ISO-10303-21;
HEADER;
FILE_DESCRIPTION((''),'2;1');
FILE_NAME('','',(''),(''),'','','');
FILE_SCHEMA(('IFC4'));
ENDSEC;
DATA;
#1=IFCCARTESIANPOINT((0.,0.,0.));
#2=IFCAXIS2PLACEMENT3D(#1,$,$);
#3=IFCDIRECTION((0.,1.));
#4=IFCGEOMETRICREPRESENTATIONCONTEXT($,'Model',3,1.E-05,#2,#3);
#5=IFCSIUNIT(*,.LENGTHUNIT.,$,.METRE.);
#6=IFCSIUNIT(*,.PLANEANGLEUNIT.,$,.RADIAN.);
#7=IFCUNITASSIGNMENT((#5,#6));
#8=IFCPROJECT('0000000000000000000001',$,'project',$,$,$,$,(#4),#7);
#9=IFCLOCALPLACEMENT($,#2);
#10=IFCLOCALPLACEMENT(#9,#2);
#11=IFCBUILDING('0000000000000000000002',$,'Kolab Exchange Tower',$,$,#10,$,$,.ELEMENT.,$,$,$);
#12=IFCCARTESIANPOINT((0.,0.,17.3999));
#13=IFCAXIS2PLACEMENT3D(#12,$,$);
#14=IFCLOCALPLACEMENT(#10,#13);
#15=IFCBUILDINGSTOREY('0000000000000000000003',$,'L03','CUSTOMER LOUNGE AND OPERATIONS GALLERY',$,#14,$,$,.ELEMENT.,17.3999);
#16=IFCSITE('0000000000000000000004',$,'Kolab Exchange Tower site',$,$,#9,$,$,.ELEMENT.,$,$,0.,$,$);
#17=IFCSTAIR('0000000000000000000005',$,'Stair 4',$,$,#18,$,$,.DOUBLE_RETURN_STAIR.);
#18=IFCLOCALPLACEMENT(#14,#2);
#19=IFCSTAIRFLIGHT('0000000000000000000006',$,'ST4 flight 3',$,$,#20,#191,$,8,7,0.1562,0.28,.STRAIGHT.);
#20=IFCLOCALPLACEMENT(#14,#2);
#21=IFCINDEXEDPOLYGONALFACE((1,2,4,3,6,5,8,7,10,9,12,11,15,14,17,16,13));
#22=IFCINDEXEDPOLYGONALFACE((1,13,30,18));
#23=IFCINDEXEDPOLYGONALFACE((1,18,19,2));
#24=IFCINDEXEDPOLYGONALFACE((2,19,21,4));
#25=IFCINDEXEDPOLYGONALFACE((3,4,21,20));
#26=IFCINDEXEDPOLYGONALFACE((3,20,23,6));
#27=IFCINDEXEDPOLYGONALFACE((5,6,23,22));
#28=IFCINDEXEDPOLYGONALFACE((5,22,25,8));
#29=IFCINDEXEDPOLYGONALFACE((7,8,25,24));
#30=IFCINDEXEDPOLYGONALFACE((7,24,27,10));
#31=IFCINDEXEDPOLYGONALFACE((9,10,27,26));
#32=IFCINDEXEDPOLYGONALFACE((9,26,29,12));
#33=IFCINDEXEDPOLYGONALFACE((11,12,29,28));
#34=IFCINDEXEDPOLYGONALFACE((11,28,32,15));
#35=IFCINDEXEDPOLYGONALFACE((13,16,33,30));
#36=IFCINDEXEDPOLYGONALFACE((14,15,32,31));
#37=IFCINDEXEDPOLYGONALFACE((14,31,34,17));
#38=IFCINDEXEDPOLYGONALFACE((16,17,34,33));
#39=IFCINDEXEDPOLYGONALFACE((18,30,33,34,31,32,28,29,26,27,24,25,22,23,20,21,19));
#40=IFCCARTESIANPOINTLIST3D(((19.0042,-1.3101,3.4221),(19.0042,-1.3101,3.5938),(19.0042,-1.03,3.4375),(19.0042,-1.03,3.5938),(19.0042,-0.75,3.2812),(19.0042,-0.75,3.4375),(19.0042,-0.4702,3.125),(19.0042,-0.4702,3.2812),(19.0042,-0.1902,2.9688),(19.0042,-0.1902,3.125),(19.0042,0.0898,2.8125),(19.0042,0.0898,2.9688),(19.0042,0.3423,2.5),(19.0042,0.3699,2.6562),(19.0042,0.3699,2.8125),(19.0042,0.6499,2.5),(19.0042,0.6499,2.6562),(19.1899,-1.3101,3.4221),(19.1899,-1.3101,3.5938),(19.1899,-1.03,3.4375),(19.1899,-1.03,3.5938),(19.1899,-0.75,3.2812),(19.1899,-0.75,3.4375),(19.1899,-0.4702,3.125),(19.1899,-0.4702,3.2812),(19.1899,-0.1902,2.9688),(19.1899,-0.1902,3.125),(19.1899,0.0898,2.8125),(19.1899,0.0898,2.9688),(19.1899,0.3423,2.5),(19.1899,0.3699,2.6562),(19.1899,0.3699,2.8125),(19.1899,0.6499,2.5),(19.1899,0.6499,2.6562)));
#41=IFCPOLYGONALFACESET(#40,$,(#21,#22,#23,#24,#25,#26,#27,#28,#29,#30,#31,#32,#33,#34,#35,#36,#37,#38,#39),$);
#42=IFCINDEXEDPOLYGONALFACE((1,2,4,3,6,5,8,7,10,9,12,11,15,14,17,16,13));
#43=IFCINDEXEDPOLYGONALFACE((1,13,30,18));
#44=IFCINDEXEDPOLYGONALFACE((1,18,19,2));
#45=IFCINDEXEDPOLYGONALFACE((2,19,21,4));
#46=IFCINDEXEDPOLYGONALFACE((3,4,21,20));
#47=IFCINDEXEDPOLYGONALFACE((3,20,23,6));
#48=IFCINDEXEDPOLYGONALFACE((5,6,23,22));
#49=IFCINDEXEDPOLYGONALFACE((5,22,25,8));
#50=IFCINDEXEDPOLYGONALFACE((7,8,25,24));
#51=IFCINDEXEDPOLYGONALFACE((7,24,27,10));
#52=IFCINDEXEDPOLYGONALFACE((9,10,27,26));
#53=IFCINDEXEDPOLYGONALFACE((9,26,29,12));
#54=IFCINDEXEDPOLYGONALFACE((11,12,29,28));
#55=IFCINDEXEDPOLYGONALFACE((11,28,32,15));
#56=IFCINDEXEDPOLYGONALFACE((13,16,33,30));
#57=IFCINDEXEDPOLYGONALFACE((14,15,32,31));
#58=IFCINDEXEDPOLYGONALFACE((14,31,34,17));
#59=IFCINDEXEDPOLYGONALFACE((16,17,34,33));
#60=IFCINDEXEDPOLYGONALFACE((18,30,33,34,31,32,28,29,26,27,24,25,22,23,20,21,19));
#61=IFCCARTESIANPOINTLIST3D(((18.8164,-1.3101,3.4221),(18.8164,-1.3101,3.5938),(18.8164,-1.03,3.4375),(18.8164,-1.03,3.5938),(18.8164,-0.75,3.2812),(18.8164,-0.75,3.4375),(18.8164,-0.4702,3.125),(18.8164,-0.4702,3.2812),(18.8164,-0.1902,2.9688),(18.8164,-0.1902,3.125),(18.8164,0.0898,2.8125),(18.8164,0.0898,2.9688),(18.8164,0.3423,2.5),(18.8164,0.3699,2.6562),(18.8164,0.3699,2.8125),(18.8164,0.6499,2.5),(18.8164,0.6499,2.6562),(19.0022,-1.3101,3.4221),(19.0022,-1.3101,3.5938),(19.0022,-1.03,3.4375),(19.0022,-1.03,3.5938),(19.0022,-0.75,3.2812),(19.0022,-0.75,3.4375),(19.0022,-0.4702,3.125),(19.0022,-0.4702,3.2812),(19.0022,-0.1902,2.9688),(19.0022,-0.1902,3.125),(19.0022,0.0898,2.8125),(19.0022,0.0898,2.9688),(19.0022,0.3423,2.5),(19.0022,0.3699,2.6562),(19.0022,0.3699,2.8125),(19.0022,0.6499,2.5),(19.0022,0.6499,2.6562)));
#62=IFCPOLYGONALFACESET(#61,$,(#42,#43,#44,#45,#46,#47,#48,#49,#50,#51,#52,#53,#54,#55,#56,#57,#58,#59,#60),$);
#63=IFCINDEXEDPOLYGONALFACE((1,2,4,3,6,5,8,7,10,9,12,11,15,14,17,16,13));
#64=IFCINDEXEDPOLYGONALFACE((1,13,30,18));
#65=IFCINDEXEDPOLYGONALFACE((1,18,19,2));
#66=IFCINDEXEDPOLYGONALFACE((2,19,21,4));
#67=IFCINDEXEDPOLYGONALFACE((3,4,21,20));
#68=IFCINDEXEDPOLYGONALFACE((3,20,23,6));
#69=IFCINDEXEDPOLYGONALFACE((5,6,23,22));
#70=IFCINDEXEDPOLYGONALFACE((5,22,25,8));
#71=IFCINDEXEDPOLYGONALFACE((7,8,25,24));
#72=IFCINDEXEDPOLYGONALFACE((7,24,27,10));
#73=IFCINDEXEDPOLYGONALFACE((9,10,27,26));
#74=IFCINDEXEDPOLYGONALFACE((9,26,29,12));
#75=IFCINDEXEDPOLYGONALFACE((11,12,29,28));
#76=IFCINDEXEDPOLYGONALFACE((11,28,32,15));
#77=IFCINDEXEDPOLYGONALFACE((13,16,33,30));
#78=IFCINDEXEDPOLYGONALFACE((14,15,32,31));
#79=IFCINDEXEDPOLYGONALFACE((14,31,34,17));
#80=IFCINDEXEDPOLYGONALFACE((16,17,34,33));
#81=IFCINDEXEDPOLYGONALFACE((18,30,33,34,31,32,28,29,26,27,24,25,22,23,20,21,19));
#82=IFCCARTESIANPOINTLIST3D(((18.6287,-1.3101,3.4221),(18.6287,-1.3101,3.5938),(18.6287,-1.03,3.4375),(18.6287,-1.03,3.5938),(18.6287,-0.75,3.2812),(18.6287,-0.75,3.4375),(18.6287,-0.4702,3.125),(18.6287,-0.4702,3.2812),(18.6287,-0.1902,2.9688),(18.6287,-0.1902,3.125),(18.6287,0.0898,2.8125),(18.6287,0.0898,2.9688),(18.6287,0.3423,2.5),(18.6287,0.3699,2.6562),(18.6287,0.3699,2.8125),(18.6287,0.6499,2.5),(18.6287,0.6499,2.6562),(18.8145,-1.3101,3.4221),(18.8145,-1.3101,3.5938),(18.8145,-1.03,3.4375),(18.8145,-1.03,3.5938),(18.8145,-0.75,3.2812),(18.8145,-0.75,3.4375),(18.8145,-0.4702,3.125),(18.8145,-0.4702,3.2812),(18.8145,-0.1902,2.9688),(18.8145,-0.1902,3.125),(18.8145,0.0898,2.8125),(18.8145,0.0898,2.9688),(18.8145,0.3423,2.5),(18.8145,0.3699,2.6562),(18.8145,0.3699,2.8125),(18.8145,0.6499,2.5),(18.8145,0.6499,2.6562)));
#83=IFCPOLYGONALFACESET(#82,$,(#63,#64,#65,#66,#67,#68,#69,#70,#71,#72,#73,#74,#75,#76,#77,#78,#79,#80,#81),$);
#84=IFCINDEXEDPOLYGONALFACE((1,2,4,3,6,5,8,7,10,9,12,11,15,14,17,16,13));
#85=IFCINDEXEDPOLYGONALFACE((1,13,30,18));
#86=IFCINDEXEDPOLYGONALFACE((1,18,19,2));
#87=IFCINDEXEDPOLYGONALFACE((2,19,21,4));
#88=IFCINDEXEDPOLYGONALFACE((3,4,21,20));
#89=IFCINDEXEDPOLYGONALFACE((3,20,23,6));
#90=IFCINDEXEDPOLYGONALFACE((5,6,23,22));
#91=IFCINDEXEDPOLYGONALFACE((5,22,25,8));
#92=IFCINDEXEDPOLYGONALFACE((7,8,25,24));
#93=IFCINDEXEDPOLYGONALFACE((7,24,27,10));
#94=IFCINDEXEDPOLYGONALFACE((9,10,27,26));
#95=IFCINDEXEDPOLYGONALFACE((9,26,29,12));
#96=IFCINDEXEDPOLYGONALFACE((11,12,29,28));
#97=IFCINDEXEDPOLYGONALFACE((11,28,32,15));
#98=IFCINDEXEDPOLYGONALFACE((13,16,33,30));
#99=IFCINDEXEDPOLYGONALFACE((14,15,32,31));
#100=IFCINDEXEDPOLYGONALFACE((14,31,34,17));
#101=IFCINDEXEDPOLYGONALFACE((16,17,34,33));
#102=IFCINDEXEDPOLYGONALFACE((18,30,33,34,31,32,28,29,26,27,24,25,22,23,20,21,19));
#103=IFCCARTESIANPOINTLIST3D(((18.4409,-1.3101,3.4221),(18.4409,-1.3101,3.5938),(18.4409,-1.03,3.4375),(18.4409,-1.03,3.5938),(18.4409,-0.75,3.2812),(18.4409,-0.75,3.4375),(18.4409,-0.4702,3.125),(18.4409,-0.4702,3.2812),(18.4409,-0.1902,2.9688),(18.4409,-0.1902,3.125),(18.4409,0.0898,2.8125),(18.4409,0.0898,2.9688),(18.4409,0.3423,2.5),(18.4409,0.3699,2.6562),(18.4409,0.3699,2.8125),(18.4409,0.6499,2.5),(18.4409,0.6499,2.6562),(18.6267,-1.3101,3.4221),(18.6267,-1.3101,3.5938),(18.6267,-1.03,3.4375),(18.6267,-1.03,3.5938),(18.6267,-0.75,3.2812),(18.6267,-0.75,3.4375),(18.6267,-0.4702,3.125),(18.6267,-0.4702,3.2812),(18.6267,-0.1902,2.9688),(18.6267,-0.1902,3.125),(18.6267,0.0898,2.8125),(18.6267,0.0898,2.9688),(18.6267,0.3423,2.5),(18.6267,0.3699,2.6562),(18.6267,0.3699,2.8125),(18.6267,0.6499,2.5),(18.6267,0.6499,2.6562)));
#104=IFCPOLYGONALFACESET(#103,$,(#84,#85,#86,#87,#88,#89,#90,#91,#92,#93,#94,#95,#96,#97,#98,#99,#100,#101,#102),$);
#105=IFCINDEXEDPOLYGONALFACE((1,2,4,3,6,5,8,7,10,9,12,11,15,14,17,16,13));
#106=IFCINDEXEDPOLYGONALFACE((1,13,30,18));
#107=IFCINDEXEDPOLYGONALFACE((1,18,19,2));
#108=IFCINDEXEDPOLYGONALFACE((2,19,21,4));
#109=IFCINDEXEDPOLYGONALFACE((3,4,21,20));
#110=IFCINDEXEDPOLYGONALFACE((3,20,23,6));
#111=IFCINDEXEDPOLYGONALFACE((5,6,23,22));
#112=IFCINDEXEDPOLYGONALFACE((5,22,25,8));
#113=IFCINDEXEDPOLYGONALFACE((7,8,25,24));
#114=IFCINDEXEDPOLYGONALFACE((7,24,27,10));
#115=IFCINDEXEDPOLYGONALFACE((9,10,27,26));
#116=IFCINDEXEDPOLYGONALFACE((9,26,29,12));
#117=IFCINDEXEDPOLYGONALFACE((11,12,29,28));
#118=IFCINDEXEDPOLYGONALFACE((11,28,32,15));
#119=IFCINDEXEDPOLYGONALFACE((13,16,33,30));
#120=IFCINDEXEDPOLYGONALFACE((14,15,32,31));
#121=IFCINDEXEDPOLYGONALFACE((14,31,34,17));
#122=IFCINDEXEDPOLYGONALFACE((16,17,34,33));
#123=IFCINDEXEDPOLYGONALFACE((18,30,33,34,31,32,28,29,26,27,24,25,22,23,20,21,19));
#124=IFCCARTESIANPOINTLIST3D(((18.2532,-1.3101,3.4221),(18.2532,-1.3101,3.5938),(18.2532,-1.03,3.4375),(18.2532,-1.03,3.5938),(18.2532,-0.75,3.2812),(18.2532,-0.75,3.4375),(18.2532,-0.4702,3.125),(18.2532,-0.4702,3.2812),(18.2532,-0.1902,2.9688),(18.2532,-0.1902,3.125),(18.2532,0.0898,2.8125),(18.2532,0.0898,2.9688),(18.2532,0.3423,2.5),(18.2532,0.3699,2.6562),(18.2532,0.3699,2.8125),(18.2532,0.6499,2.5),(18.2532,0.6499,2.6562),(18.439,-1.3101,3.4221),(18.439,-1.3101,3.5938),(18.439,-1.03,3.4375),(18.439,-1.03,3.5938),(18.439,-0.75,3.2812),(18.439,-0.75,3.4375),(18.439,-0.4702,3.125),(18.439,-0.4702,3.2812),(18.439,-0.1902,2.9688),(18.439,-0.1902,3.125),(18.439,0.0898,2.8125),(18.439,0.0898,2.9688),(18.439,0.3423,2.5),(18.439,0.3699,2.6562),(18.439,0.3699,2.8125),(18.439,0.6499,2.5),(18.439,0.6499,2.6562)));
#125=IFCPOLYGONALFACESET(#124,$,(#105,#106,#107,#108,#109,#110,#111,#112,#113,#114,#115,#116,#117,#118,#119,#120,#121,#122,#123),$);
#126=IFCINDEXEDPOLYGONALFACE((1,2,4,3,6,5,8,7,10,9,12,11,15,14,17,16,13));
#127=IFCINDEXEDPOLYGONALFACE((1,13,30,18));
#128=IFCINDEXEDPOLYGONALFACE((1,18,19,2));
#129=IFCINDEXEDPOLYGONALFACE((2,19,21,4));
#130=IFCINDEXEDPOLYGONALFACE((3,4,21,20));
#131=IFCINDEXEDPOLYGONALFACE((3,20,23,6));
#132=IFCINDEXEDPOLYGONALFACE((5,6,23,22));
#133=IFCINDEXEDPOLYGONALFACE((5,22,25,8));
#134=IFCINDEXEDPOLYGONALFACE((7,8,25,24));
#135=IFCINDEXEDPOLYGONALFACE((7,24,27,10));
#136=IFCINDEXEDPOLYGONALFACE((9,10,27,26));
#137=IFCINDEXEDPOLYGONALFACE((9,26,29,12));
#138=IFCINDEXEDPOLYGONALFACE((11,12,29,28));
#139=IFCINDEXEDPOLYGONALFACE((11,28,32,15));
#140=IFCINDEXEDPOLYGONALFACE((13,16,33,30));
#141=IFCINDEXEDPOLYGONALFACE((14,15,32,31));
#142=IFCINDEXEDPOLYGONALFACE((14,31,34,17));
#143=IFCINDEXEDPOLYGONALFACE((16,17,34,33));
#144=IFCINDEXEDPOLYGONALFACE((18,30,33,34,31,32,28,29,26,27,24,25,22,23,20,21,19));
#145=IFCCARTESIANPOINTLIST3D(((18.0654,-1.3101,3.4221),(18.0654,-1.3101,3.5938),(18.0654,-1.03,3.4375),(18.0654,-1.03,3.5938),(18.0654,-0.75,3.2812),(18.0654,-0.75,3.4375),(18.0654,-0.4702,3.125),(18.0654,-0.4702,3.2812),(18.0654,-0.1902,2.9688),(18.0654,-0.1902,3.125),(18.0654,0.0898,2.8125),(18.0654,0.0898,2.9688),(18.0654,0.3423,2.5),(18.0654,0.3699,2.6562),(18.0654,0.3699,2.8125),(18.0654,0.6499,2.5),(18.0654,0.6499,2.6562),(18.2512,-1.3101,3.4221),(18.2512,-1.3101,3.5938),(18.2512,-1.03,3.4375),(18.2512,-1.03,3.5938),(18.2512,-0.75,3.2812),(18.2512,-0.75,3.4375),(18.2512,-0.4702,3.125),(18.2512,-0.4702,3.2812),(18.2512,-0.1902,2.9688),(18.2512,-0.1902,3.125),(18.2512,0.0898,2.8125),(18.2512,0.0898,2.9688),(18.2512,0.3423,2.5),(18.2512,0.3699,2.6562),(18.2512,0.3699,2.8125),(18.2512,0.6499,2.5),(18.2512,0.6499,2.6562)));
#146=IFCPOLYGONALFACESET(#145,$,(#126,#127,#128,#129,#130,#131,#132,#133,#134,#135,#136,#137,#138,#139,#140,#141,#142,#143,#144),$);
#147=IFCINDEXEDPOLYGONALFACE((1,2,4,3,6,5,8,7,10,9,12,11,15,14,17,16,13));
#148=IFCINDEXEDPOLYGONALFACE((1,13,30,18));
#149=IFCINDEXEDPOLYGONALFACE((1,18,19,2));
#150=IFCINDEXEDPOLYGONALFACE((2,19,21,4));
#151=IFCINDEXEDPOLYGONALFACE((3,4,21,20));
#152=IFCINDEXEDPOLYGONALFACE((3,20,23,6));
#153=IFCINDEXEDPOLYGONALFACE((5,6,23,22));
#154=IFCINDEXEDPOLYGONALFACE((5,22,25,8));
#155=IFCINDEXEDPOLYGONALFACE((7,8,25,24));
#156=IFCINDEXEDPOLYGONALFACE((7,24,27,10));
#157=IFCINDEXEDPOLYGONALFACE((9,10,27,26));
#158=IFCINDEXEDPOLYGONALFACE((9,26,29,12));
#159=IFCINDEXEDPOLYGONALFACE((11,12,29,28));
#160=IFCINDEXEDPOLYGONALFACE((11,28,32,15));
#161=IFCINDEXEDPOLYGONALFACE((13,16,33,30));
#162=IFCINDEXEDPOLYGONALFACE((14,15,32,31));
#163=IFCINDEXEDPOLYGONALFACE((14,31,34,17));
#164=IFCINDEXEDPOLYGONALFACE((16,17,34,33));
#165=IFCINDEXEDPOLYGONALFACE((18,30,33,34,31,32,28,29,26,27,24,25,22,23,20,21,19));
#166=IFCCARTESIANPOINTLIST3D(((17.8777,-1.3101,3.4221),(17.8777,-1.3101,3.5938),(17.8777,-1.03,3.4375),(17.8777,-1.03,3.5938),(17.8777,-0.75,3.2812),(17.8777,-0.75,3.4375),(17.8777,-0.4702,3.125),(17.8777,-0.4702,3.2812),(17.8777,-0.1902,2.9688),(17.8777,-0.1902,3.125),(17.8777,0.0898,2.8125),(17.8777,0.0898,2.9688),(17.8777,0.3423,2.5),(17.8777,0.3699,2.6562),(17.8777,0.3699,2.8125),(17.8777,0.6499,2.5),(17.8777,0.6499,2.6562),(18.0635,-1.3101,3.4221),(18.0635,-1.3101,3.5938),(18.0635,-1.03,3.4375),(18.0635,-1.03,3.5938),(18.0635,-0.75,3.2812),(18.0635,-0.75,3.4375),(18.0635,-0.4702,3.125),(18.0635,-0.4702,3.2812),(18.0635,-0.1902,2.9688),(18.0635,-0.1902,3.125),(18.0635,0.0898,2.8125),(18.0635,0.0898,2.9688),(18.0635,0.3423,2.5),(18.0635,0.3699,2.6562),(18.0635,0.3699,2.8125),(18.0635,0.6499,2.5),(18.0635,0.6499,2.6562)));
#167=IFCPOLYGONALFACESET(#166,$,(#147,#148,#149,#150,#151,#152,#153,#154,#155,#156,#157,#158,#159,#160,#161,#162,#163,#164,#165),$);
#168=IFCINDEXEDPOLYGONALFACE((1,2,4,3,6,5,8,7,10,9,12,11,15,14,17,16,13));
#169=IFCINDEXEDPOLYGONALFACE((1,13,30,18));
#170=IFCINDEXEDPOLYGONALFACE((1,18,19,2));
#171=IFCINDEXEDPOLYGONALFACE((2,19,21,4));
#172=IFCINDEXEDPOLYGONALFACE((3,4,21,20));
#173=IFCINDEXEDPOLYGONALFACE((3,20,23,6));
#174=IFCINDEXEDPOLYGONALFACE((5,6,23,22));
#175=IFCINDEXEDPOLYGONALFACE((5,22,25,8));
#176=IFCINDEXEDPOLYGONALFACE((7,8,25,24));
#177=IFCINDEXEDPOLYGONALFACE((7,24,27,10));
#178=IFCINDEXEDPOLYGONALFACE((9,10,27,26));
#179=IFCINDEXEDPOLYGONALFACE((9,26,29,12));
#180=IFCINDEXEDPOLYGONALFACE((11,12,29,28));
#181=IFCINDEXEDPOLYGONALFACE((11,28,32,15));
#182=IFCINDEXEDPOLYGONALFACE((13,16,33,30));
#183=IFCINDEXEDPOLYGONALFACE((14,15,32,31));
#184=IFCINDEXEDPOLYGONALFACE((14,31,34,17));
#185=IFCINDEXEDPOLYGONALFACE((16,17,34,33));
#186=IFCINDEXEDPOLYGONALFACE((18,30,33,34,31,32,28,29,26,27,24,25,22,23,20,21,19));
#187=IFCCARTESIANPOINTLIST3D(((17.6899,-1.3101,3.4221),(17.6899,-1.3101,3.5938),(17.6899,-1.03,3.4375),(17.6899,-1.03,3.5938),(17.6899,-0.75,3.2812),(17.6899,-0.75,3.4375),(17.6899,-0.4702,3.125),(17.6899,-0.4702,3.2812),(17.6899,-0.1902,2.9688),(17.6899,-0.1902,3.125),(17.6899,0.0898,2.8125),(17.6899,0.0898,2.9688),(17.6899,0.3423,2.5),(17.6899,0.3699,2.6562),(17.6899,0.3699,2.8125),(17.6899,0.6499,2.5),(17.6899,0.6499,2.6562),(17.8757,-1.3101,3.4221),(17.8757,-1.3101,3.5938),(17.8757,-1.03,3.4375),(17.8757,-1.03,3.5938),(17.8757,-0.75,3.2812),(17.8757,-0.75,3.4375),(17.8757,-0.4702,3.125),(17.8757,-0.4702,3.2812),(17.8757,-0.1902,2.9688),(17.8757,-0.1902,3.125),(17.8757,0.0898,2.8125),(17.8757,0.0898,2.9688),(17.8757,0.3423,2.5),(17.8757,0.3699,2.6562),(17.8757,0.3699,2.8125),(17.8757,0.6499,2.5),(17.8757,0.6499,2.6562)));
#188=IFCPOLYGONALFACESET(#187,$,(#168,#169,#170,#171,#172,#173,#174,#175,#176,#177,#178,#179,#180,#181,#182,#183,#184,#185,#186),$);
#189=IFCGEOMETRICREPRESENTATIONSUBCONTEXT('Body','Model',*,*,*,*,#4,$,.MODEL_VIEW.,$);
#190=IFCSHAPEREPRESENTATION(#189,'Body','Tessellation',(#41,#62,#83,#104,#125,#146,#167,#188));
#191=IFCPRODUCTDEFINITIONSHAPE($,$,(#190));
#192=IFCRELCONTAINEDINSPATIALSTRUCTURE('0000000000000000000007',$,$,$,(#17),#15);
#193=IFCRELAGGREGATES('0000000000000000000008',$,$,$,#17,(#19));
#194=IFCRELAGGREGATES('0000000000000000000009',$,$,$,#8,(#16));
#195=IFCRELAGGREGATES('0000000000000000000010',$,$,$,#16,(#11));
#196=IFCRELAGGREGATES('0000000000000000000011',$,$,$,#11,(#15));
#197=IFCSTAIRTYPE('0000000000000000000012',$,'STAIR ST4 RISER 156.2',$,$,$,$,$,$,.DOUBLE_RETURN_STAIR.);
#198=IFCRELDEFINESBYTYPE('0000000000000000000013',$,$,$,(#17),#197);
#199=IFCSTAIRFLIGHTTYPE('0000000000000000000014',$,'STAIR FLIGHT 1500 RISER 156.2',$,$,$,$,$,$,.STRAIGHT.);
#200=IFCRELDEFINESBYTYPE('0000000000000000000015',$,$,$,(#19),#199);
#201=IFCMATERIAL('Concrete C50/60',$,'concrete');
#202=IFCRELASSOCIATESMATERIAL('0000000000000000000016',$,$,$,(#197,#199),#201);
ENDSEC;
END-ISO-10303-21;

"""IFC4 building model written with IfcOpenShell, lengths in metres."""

from ifc_helpers import new_model, si_unit, direction, frame, origin, place, context, subcontext, project, spatial, polyline, outline, extrude, material, type_object, element, aggregate, save


model = new_model("IFC4")

# Units and contexts
model_context = context("Model", 3, precision=1e-05, world=origin(), true_north=direction((0.0, 1.0)))
body_context = subcontext(model_context, "Body", "Model", "MODEL_VIEW")
ifc_project = project(units=[si_unit("LENGTHUNIT", "METRE"), si_unit("PLANEANGLEUNIT", "RADIAN")], contexts=[model_context])

# Site, building, storey
site_placement = place(None, origin())
site = spatial("IfcSite", under=ifc_project, at=site_placement, Name="Kolab Exchange Tower site", CompositionType="ELEMENT", RefElevation=0.0)
building_placement = place(site_placement, origin())
building = spatial("IfcBuilding", under=site, at=building_placement, Name="Kolab Exchange Tower", CompositionType="ELEMENT")
storey_placement = place(building_placement, frame((0.0, 0.0, 17.3999)))
storey = spatial("IfcBuildingStorey", under=building, at=storey_placement, Name="L03", Description="CUSTOMER LOUNGE AND OPERATIONS GALLERY", CompositionType="ELEMENT", Elevation=17.3999)

# Shared definitions
ifc_material_1 = material(Name="Concrete C50/60", Category="concrete")

# Stair, stair flight
stair_type = type_object("IfcStairType", Name="STAIR ST4 RISER 156.2", PredefinedType="DOUBLE_RETURN_STAIR", material=ifc_material_1)
stair_placement = place(storey_placement, origin())
stair = element("IfcStair", 1, at=stair_placement, inside=storey, type_object=stair_type, Name="Stair 4", PredefinedType="DOUBLE_RETURN_STAIR")
stair_flight_type = type_object("IfcStairFlightType", Name="STAIR FLIGHT 1500 RISER 156.2", PredefinedType="STRAIGHT", material=ifc_material_1)
stair_flight_1_placement = place(storey_placement, frame((18.4399, 0.6499, 2.5), z_axis=(0.0, 0.0, 1.0), x_axis=(0.0, -1.0, 0.0)))
stair_flight_1 = element("IfcStairFlight", 2, at=stair_flight_1_placement, type_object=stair_flight_type, Name="ST4 flight 3", NumberOfRisers=8, NumberOfTreads=7, PredefinedType="STRAIGHT", RiserHeight=0.1562, TreadLength=0.28, context=body_context, shape_type="SweptSolid", body=[
    extrude(outline(polyline([(0.0, 0.0), (0.0, 0.1562), (0.28, 0.1562), (0.28, 0.3125), (0.5601, 0.3125), (0.5601, 0.4688), (0.8401, 0.4688), (0.8401, 0.625), (1.1201, 0.625), (1.1201, 0.7812), (1.3999, 0.7812), (1.3999, 0.9375), (1.6799, 0.9375), (1.6799, 1.0938), (1.96, 1.0938), (1.96, 1.25), (1.96, 0.9221), (0.3076, 0.0), (0.0, 0.0)])), frame((0.0, 0.75, 0.0), z_axis=(0.0, -1.0, 0.0), x_axis=(1.0, 0.0, 0.0)), (0.0, 0.0, 1.0), 0.1858),
    extrude(outline(polyline([(0.0, 0.0), (0.0, 0.1562), (0.28, 0.1562), (0.28, 0.3125), (0.5601, 0.3125), (0.5601, 0.4688), (0.8401, 0.4688), (0.8401, 0.625), (1.1201, 0.625), (1.1201, 0.7812), (1.3999, 0.7812), (1.3999, 0.9375), (1.6799, 0.9375), (1.6799, 1.0938), (1.96, 1.0938), (1.96, 1.25), (1.96, 0.9221), (0.3076, 0.0), (0.0, 0.0)])), frame((0.0, 0.5623, 0.0), z_axis=(0.0, -1.0, 0.0), x_axis=(1.0, 0.0, 0.0)), (0.0, 0.0, 1.0), 0.1858),
    extrude(outline(polyline([(0.0, 0.0), (0.0, 0.1562), (0.28, 0.1562), (0.28, 0.3125), (0.5601, 0.3125), (0.5601, 0.4688), (0.8401, 0.4688), (0.8401, 0.625), (1.1201, 0.625), (1.1201, 0.7812), (1.3999, 0.7812), (1.3999, 0.9375), (1.6799, 0.9375), (1.6799, 1.0938), (1.96, 1.0938), (1.96, 1.25), (1.96, 0.9221), (0.3076, 0.0), (0.0, 0.0)])), frame((0.0, 0.3745, 0.0), z_axis=(0.0, -1.0, 0.0), x_axis=(1.0, 0.0, 0.0)), (0.0, 0.0, 1.0), 0.1858),
    extrude(outline(polyline([(0.0, 0.0), (0.0, 0.1562), (0.28, 0.1562), (0.28, 0.3125), (0.5601, 0.3125), (0.5601, 0.4688), (0.8401, 0.4688), (0.8401, 0.625), (1.1201, 0.625), (1.1201, 0.7812), (1.3999, 0.7812), (1.3999, 0.9375), (1.6799, 0.9375), (1.6799, 1.0938), (1.96, 1.0938), (1.96, 1.25), (1.96, 0.9221), (0.3076, 0.0), (0.0, 0.0)])), frame((0.0, 0.1868, 0.0), z_axis=(0.0, -1.0, 0.0), x_axis=(1.0, 0.0, 0.0)), (0.0, 0.0, 1.0), 0.1858),
    extrude(outline(polyline([(0.0, 0.0), (0.0, 0.1562), (0.28, 0.1562), (0.28, 0.3125), (0.5601, 0.3125), (0.5601, 0.4688), (0.8401, 0.4688), (0.8401, 0.625), (1.1201, 0.625), (1.1201, 0.7812), (1.3999, 0.7812), (1.3999, 0.9375), (1.6799, 0.9375), (1.6799, 1.0938), (1.96, 1.0938), (1.96, 1.25), (1.96, 0.9221), (0.3076, 0.0), (0.0, 0.0)])), frame((0.0, -0.001, 0.0), z_axis=(0.0, -1.0, 0.0), x_axis=(1.0, 0.0, 0.0)), (0.0, 0.0, 1.0), 0.1858),
    extrude(outline(polyline([(0.0, 0.0), (0.0, 0.1562), (0.28, 0.1562), (0.28, 0.3125), (0.5601, 0.3125), (0.5601, 0.4688), (0.8401, 0.4688), (0.8401, 0.625), (1.1201, 0.625), (1.1201, 0.7812), (1.3999, 0.7812), (1.3999, 0.9375), (1.6799, 0.9375), (1.6799, 1.0938), (1.96, 1.0938), (1.96, 1.25), (1.96, 0.9221), (0.3076, 0.0), (0.0, 0.0)])), frame((0.0, -0.1887, 0.0), z_axis=(0.0, -1.0, 0.0), x_axis=(1.0, 0.0, 0.0)), (0.0, 0.0, 1.0), 0.1858),
    extrude(outline(polyline([(0.0, 0.0), (0.0, 0.1562), (0.28, 0.1562), (0.28, 0.3125), (0.5601, 0.3125), (0.5601, 0.4688), (0.8401, 0.4688), (0.8401, 0.625), (1.1201, 0.625), (1.1201, 0.7812), (1.3999, 0.7812), (1.3999, 0.9375), (1.6799, 0.9375), (1.6799, 1.0938), (1.96, 1.0938), (1.96, 1.25), (1.96, 0.9221), (0.3076, 0.0), (0.0, 0.0)])), frame((0.0, -0.3765, 0.0), z_axis=(0.0, -1.0, 0.0), x_axis=(1.0, 0.0, 0.0)), (0.0, 0.0, 1.0), 0.1858),
    extrude(outline(polyline([(0.0, 0.0), (0.0, 0.1562), (0.28, 0.1562), (0.28, 0.3125), (0.5601, 0.3125), (0.5601, 0.4688), (0.8401, 0.4688), (0.8401, 0.625), (1.1201, 0.625), (1.1201, 0.7812), (1.3999, 0.7812), (1.3999, 0.9375), (1.6799, 0.9375), (1.6799, 1.0938), (1.96, 1.0938), (1.96, 1.25), (1.96, 0.9221), (0.3076, 0.0), (0.0, 0.0)])), frame((0.0, -0.5642, 0.0), z_axis=(0.0, -1.0, 0.0), x_axis=(1.0, 0.0, 0.0)), (0.0, 0.0, 1.0), 0.1858),
])
aggregate(stair, [stair_flight_1])

save(model, "model.ifc")
